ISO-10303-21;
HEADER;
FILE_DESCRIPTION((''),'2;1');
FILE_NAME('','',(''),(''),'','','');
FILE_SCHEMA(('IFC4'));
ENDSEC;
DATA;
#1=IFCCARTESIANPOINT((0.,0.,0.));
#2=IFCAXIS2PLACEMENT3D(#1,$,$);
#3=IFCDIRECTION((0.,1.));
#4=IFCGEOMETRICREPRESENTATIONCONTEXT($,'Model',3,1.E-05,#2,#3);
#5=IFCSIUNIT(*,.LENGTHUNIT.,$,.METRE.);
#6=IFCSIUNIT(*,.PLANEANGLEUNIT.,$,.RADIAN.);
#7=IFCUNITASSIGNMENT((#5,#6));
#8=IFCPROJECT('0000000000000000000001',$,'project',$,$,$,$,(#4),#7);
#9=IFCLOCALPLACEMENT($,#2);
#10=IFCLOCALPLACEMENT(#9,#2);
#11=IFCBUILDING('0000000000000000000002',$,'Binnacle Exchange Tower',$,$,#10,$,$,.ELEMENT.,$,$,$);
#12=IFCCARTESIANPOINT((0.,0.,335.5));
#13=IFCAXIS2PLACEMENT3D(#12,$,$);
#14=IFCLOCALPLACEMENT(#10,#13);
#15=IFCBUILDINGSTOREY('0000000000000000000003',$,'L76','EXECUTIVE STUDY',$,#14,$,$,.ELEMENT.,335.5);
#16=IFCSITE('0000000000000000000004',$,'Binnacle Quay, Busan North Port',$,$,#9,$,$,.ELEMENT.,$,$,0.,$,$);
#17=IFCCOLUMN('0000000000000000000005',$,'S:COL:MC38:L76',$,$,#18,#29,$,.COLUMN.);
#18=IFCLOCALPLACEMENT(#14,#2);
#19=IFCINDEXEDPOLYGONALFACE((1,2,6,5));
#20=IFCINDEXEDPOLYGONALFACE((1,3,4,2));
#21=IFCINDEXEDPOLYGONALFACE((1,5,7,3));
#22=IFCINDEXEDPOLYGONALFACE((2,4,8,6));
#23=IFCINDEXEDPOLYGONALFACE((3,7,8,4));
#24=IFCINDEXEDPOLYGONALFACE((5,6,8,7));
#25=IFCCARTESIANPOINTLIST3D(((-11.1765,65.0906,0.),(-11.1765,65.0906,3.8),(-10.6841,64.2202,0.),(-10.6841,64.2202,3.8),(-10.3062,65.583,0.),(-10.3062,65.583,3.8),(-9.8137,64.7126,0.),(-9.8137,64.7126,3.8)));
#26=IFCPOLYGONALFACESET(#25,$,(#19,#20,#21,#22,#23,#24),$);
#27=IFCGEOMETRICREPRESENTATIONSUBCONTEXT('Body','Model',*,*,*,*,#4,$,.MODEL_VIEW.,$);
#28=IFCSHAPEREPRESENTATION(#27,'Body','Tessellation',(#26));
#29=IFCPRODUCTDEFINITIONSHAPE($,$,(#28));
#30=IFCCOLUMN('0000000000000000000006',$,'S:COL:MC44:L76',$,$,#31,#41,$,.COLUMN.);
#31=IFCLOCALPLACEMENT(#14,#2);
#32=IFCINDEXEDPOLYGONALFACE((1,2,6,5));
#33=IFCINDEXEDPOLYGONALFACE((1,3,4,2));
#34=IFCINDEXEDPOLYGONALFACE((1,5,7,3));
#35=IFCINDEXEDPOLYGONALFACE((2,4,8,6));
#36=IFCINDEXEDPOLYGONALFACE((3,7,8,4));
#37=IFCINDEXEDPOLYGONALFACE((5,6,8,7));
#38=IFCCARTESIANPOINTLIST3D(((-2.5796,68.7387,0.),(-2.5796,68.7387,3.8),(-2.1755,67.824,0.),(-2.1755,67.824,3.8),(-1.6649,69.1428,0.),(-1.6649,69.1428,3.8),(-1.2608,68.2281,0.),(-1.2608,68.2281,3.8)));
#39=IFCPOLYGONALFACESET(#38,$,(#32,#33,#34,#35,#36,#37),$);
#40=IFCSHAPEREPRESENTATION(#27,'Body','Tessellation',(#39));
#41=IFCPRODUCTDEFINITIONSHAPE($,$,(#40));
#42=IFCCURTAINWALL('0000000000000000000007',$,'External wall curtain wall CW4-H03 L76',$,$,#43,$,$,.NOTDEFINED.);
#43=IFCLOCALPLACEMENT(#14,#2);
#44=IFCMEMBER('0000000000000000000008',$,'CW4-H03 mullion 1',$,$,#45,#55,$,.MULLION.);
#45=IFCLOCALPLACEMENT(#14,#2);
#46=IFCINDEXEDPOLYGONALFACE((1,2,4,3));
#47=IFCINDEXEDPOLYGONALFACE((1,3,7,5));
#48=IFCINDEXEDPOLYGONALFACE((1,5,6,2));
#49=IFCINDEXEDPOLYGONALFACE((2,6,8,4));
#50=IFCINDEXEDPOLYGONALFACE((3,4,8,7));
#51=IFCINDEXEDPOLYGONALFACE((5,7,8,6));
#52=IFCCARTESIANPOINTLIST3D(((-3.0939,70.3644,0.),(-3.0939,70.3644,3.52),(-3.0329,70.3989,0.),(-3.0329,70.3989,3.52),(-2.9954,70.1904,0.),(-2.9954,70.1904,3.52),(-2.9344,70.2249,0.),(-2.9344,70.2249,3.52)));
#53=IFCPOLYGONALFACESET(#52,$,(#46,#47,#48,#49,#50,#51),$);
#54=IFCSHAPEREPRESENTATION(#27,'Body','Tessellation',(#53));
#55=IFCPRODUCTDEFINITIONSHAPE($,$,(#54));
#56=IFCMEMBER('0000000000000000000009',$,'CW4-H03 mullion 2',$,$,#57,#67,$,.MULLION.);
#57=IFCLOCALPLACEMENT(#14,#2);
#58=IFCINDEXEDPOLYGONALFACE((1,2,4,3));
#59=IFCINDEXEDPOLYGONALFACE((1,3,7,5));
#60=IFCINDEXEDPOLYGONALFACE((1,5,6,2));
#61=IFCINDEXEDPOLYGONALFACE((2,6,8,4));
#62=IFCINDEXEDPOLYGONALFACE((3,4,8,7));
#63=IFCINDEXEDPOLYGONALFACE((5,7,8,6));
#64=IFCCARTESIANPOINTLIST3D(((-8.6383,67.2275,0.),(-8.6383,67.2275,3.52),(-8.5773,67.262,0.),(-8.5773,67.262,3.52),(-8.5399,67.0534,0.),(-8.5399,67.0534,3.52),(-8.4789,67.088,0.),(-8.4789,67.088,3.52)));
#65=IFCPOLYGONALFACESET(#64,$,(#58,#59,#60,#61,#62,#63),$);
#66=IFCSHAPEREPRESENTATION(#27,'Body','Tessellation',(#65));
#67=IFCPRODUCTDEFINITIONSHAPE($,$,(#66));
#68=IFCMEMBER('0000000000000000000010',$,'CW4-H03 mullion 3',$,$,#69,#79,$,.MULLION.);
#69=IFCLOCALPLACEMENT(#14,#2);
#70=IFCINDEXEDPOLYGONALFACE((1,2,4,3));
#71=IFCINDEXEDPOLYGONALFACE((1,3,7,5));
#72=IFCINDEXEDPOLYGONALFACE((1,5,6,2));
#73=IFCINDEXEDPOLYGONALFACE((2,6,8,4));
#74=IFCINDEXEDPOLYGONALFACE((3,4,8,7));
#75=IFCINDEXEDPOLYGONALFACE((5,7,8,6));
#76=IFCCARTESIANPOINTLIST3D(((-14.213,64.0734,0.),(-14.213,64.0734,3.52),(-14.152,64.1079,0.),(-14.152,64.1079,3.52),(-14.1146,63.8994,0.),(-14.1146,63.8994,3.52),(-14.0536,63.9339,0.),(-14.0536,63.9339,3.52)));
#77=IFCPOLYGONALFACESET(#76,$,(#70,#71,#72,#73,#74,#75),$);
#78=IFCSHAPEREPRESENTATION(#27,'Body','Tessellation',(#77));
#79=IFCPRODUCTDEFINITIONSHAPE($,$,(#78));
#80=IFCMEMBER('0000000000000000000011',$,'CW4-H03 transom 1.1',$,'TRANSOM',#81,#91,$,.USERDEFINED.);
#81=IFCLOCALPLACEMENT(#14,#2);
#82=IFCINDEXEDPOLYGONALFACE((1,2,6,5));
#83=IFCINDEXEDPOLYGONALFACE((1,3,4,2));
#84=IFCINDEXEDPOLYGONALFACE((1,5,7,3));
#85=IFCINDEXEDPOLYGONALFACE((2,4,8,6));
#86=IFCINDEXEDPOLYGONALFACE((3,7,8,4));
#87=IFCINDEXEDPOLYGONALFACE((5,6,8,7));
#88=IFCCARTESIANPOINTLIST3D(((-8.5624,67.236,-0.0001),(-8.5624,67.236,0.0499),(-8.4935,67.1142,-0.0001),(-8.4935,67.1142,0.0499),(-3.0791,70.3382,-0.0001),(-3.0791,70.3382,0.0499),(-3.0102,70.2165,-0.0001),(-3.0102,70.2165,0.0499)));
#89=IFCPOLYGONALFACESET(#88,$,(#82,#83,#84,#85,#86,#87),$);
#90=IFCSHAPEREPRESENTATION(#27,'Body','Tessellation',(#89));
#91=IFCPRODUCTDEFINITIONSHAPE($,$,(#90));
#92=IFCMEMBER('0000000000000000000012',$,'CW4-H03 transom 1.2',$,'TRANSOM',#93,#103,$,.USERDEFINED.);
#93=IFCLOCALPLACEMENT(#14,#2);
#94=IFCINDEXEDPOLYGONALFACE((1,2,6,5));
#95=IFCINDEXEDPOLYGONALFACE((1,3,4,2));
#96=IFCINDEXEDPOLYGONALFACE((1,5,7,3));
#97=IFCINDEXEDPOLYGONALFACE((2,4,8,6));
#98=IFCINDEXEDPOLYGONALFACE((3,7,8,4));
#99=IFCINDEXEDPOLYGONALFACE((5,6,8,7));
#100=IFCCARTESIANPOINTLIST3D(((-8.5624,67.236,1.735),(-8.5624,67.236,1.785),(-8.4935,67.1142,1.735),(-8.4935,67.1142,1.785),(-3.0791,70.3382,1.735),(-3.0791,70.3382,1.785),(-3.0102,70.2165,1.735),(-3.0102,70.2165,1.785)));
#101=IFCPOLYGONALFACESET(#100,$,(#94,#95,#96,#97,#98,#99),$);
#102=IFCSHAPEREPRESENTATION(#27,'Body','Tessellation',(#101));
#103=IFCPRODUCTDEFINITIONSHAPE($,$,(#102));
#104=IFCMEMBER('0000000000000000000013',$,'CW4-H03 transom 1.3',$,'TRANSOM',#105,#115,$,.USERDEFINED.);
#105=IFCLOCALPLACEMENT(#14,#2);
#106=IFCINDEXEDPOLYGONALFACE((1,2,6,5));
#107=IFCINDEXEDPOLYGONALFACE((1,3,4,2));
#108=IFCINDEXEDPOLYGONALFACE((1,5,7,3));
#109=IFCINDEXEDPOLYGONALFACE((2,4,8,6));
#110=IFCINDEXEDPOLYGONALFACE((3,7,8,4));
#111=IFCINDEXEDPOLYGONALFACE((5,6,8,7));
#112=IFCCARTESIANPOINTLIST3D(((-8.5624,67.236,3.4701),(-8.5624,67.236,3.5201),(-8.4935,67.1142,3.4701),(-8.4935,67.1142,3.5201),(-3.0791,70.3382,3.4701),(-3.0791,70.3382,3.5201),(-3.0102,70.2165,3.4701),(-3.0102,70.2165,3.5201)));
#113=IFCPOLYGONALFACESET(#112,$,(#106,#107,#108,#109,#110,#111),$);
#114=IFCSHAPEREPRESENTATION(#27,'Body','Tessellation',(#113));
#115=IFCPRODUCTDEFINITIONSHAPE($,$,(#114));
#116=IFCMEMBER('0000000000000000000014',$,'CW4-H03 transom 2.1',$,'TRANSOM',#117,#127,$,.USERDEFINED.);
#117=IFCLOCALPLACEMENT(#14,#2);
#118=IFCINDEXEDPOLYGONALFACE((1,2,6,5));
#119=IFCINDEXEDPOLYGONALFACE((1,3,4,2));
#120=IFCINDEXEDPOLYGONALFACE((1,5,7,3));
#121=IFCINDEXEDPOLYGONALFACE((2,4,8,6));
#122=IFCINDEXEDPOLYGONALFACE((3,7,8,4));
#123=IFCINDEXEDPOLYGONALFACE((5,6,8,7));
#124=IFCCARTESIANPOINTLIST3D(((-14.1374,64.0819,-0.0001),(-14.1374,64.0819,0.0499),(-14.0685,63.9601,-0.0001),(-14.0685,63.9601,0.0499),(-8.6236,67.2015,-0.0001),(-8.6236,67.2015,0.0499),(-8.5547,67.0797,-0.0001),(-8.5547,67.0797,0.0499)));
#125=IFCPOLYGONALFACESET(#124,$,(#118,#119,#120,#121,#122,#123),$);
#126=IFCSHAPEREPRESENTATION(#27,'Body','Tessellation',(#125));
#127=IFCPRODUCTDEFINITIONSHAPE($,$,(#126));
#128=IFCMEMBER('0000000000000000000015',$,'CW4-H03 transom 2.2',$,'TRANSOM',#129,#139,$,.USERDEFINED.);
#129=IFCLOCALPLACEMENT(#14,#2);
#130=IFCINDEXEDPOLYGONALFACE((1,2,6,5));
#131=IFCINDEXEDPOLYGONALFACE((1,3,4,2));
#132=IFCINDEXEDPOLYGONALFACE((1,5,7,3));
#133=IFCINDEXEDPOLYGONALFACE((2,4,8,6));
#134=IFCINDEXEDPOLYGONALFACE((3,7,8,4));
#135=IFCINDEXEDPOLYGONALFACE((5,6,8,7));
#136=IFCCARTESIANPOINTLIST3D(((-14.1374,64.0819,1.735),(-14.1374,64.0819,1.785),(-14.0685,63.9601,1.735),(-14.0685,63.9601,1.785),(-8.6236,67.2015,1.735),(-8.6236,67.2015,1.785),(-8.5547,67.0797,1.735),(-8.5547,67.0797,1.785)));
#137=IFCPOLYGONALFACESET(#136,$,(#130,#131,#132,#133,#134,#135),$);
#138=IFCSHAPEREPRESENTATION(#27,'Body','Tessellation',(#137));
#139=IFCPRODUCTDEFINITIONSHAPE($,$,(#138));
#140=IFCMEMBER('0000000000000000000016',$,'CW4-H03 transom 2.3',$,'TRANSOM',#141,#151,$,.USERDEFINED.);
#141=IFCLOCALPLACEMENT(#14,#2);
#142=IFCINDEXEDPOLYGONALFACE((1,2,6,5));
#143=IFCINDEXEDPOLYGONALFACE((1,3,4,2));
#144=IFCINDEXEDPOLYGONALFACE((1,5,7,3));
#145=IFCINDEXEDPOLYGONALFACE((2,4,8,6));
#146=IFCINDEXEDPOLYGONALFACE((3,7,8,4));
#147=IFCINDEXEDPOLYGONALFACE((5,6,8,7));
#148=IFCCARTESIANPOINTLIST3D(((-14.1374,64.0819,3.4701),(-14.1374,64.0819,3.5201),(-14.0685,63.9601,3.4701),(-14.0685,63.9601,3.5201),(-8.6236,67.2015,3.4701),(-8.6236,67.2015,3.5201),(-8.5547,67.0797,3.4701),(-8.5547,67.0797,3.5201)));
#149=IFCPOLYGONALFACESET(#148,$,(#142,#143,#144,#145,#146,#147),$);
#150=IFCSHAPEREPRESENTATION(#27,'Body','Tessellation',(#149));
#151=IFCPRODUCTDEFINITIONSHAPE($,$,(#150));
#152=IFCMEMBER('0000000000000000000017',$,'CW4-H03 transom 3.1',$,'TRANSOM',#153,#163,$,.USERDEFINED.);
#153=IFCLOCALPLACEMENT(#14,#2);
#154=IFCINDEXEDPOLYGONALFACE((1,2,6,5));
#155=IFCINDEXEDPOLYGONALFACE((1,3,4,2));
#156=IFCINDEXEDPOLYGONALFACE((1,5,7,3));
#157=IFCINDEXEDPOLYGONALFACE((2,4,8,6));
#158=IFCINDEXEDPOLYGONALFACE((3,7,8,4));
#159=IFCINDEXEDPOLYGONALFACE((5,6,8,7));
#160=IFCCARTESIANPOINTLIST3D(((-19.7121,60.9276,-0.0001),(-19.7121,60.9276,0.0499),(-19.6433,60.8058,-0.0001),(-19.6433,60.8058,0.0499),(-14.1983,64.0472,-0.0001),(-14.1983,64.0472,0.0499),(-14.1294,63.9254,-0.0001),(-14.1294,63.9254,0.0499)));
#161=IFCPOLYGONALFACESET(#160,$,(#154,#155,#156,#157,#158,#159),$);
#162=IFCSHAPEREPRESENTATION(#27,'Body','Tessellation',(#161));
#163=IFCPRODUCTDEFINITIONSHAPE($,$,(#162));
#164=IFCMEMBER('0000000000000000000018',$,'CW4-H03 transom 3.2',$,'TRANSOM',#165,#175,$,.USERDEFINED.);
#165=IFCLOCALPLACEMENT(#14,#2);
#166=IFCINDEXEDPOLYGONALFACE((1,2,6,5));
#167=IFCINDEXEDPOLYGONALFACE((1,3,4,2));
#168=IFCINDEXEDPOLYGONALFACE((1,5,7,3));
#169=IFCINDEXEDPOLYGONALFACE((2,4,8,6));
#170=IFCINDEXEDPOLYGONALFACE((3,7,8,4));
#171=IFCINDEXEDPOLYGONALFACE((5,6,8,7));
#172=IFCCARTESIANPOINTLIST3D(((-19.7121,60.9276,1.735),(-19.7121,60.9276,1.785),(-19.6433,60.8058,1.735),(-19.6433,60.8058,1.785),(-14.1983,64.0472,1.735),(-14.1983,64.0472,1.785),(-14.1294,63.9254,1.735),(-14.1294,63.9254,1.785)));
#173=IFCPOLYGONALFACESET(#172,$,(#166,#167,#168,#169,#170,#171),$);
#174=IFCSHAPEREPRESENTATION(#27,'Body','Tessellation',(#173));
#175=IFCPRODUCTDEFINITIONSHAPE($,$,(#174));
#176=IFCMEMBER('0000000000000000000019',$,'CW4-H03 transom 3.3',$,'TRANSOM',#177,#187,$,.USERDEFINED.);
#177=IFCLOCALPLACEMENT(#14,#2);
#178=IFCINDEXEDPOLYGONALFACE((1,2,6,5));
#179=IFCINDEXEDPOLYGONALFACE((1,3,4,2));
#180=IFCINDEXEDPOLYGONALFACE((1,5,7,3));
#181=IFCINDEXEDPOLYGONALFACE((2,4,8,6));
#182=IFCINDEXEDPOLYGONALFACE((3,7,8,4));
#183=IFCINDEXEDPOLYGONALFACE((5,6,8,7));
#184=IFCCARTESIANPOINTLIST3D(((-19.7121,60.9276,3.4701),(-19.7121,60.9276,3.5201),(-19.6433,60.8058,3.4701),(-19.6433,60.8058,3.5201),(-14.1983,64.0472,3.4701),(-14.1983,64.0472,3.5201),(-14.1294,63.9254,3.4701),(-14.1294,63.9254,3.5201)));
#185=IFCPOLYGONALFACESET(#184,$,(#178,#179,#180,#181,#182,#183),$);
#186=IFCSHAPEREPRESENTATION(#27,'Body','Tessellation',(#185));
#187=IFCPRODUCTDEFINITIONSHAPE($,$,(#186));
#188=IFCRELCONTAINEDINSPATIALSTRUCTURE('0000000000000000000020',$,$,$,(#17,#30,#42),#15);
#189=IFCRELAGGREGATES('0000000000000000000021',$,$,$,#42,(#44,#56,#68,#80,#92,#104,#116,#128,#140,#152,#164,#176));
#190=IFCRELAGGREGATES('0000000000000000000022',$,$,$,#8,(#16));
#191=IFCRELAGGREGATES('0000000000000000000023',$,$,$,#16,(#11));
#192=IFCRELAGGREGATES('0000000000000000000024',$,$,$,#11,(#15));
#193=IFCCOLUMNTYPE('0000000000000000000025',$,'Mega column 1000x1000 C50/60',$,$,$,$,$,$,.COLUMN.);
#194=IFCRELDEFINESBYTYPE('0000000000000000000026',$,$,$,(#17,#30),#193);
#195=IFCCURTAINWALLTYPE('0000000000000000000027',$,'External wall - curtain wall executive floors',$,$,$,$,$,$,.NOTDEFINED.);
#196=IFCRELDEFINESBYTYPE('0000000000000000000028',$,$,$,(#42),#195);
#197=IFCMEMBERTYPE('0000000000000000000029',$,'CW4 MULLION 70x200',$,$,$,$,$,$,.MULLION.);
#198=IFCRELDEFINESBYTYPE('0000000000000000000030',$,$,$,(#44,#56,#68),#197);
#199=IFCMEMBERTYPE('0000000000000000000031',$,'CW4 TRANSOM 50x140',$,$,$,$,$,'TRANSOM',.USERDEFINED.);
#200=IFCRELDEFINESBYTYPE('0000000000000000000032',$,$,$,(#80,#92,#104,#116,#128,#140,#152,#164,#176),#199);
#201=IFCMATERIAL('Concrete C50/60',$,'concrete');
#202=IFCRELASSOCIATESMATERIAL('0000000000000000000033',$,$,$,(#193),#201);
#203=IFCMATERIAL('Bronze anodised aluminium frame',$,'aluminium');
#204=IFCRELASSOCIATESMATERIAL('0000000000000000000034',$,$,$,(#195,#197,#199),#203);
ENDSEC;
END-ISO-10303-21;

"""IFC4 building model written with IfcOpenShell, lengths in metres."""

from ifc_helpers import new_model, si_unit, direction, frame, origin, origin_2d, place, context, subcontext, project, spatial, rectangle, extrude, material, material_profile, profile_set, type_object, element, aggregate, save


model = new_model("IFC4")

# Units and contexts
model_context = context("Model", 3, precision=1e-05, world=origin(), true_north=direction((0.0, 1.0)))
body_context = subcontext(model_context, "Body", "Model", "MODEL_VIEW")
ifc_project = project(units=[si_unit("LENGTHUNIT", "METRE"), si_unit("PLANEANGLEUNIT", "RADIAN")], contexts=[model_context])

# Site, building, storey
site_placement = place(None, origin())
site = spatial("IfcSite", under=ifc_project, at=site_placement, Name="Binnacle Quay, Busan North Port", CompositionType="ELEMENT", RefElevation=0.0)
building_placement = place(site_placement, origin())
building = spatial("IfcBuilding", under=site, at=building_placement, Name="Binnacle Exchange Tower", CompositionType="ELEMENT")
storey_placement = place(building_placement, frame((0.0, 0.0, 335.5)))
storey = spatial("IfcBuildingStorey", under=building, at=storey_placement, Name="L76", Description="EXECUTIVE STUDY", CompositionType="ELEMENT", Elevation=335.5)

# Columns
ifc_material_1 = material(Name="Concrete C50/60", Category="concrete")
ifc_material_profile_1 = material_profile(ifc_material_1, rectangle(XDim=1.0, YDim=1.0, at=origin_2d()), Name="Mega column 1000x1000 C50/60")
ifc_profile_set_1 = profile_set([ifc_material_profile_1], Name="Concrete C50/60")
column_type = type_object("IfcColumnType", Name="Mega column 1000x1000 C50/60", PredefinedType="COLUMN", material=ifc_profile_set_1)
for number, where, z_axis, x_axis, name in (
    (1, (-10.4951, 64.9016, 0.0), (0.0, 0.0, 1.0), (-0.870356, -0.492424, 0.0), "S:COL:MC38:L76"),
    (2, (-1.9202, 68.4834, 0.0), (0.0, 0.0, 1.0), (-0.914713, -0.404104, 0.0), "S:COL:MC44:L76"),
):
    element("IfcColumn", number, at=place(storey_placement, frame(where, z_axis=z_axis, x_axis=x_axis)), inside=storey, type_object=column_type, Name=name, PredefinedType="COLUMN", context=body_context, shape_type="SweptSolid", body=[
        extrude(rectangle(XDim=1.0, YDim=1.0, at=origin_2d()), origin(), (0.0, 0.0, 1.0), 3.8),
    ])

# Curtain wall, members
ifc_material_2 = material(Name="Bronze anodised aluminium frame", Category="aluminium")
curtain_wall_type = type_object("IfcCurtainWallType", Name="External wall - curtain wall executive floors", PredefinedType="NOTDEFINED", material=ifc_material_2)
curtain_wall_placement = place(storey_placement, origin())
curtain_wall = element("IfcCurtainWall", 3, at=curtain_wall_placement, inside=storey, type_object=curtain_wall_type, Name="External wall curtain wall CW4-H03 L76", PredefinedType="NOTDEFINED")
ifc_material_profile_2 = material_profile(ifc_material_2, rectangle(XDim=0.2, YDim=0.0701, at=origin_2d()), Name="AL 70x200")
ifc_profile_set_2 = profile_set([ifc_material_profile_2], Name="Bronze anodised aluminium frame")
member_type_1 = type_object("IfcMemberType", Name="CW4 MULLION 70x200", PredefinedType="MULLION", material=ifc_profile_set_2)
member_1_placement = place(storey_placement, frame((-3.0142, 70.2947, 0.0), z_axis=(0.0, 0.0, 1.0), x_axis=(0.492424, -0.870356, 0.0)))
member_1 = element("IfcMember", 4, at=member_1_placement, type_object=member_type_1, Name="CW4-H03 mullion 1", PredefinedType="MULLION", context=body_context, shape_type="SweptSolid", body=[
    extrude(rectangle(XDim=0.2, YDim=0.0701, at=origin_2d()), origin(), (0.0, 0.0, 1.0), 3.52),
])
member_2_placement = place(storey_placement, frame((-8.5586, 67.1577, 0.0), z_axis=(0.0, 0.0, 1.0), x_axis=(0.492424, -0.870356, 0.0)))
member_2 = element("IfcMember", 5, at=member_2_placement, type_object=member_type_1, Name="CW4-H03 mullion 2", PredefinedType="MULLION", context=body_context, shape_type="SweptSolid", body=[
    extrude(rectangle(XDim=0.2, YDim=0.0701, at=origin_2d()), origin(), (0.0, 0.0, 1.0), 3.52),
])
member_3_placement = place(storey_placement, frame((-14.1333, 64.0037, 0.0), z_axis=(0.0, 0.0, 1.0), x_axis=(0.492424, -0.870356, 0.0)))
member_3 = element("IfcMember", 6, at=member_3_placement, type_object=member_type_1, Name="CW4-H03 mullion 3", PredefinedType="MULLION", context=body_context, shape_type="SweptSolid", body=[
    extrude(rectangle(XDim=0.2, YDim=0.0701, at=origin_2d()), origin(), (0.0, 0.0, 1.0), 3.52),
])
ifc_material_profile_3 = material_profile(ifc_material_2, rectangle(XDim=0.1399, YDim=0.05, at=origin_2d()), Name="AL 140x50")
ifc_profile_set_3 = profile_set([ifc_material_profile_3], Name="Bronze anodised aluminium frame")
member_type_2 = type_object("IfcMemberType", Name="CW4 TRANSOM 50x140", ElementType="TRANSOM", PredefinedType="USERDEFINED", material=ifc_profile_set_3)
member_4_placement = place(storey_placement, frame((-3.0447, 70.2773, 0.0249), z_axis=(-0.87036, -0.492416, 0.0), x_axis=(0.492416, -0.87036, 0.0)))
member_4 = element("IfcMember", 7, at=member_4_placement, type_object=member_type_2, Name="CW4-H03 transom 1.1", ObjectType="TRANSOM", PredefinedType="USERDEFINED", context=body_context, shape_type="SweptSolid", body=[
    extrude(rectangle(XDim=0.1399, YDim=0.05, at=origin_2d()), origin(), (0.0, 0.0, 1.0), 6.3),
])
member_5_placement = place(storey_placement, frame((-3.0447, 70.2773, 1.76), z_axis=(-0.87036, -0.492416, 0.0), x_axis=(0.492416, -0.87036, 0.0)))
member_5 = element("IfcMember", 8, at=member_5_placement, type_object=member_type_2, Name="CW4-H03 transom 1.2", ObjectType="TRANSOM", PredefinedType="USERDEFINED", context=body_context, shape_type="SweptSolid", body=[
    extrude(rectangle(XDim=0.1399, YDim=0.05, at=origin_2d()), origin(), (0.0, 0.0, 1.0), 6.3),
])
member_6_placement = place(storey_placement, frame((-3.0447, 70.2773, 3.4951), z_axis=(-0.87036, -0.492416, 0.0), x_axis=(0.492416, -0.87036, 0.0)))
member_6 = element("IfcMember", 9, at=member_6_placement, type_object=member_type_2, Name="CW4-H03 transom 1.3", ObjectType="TRANSOM", PredefinedType="USERDEFINED", context=body_context, shape_type="SweptSolid", body=[
    extrude(rectangle(XDim=0.1399, YDim=0.05, at=origin_2d()), origin(), (0.0, 0.0, 1.0), 6.3),
])
member_7_placement = place(storey_placement, frame((-8.5891, 67.1406, 0.0249), z_axis=(-0.870355, -0.492424, 0.0), x_axis=(0.492424, -0.870355, 0.0)))
member_7 = element("IfcMember", 10, at=member_7_placement, type_object=member_type_2, Name="CW4-H03 transom 2.1", ObjectType="TRANSOM", PredefinedType="USERDEFINED", context=body_context, shape_type="SweptSolid", body=[
    extrude(rectangle(XDim=0.1399, YDim=0.05, at=origin_2d()), origin(), (0.0, 0.0, 1.0), 6.3352),
])
member_8_placement = place(storey_placement, frame((-8.5891, 67.1406, 1.76), z_axis=(-0.870355, -0.492424, 0.0), x_axis=(0.492424, -0.870355, 0.0)))
member_8 = element("IfcMember", 11, at=member_8_placement, type_object=member_type_2, Name="CW4-H03 transom 2.2", ObjectType="TRANSOM", PredefinedType="USERDEFINED", context=body_context, shape_type="SweptSolid", body=[
    extrude(rectangle(XDim=0.1399, YDim=0.05, at=origin_2d()), origin(), (0.0, 0.0, 1.0), 6.3352),
])
member_9_placement = place(storey_placement, frame((-8.5891, 67.1406, 3.4951), z_axis=(-0.870355, -0.492424, 0.0), x_axis=(0.492424, -0.870355, 0.0)))
member_9 = element("IfcMember", 12, at=member_9_placement, type_object=member_type_2, Name="CW4-H03 transom 2.3", ObjectType="TRANSOM", PredefinedType="USERDEFINED", context=body_context, shape_type="SweptSolid", body=[
    extrude(rectangle(XDim=0.1399, YDim=0.05, at=origin_2d()), origin(), (0.0, 0.0, 1.0), 6.3352),
])
member_10_placement = place(storey_placement, frame((-14.1638, 63.9863, 0.0249), z_axis=(-0.870355, -0.492424, 0.0), x_axis=(0.492424, -0.870355, 0.0)))
member_10 = element("IfcMember", 13, at=member_10_placement, type_object=member_type_2, Name="CW4-H03 transom 3.1", ObjectType="TRANSOM", PredefinedType="USERDEFINED", context=body_context, shape_type="SweptSolid", body=[
    extrude(rectangle(XDim=0.1399, YDim=0.05, at=origin_2d()), origin(), (0.0, 0.0, 1.0), 6.3352),
])
member_11_placement = place(storey_placement, frame((-14.1638, 63.9863, 1.76), z_axis=(-0.870355, -0.492424, 0.0), x_axis=(0.492424, -0.870355, 0.0)))
member_11 = element("IfcMember", 14, at=member_11_placement, type_object=member_type_2, Name="CW4-H03 transom 3.2", ObjectType="TRANSOM", PredefinedType="USERDEFINED", context=body_context, shape_type="SweptSolid", body=[
    extrude(rectangle(XDim=0.1399, YDim=0.05, at=origin_2d()), origin(), (0.0, 0.0, 1.0), 6.3352),
])
member_12_placement = place(storey_placement, frame((-14.1638, 63.9863, 3.4951), z_axis=(-0.870355, -0.492424, 0.0), x_axis=(0.492424, -0.870355, 0.0)))
member_12 = element("IfcMember", 15, at=member_12_placement, type_object=member_type_2, Name="CW4-H03 transom 3.3", ObjectType="TRANSOM", PredefinedType="USERDEFINED", context=body_context, shape_type="SweptSolid", body=[
    extrude(rectangle(XDim=0.1399, YDim=0.05, at=origin_2d()), origin(), (0.0, 0.0, 1.0), 6.3352),
])

aggregate(curtain_wall, [member_1, member_2, member_3, member_4, member_5, member_6, member_7, member_8, member_9, member_10, member_11, member_12])

save(model, "model.ifc")
